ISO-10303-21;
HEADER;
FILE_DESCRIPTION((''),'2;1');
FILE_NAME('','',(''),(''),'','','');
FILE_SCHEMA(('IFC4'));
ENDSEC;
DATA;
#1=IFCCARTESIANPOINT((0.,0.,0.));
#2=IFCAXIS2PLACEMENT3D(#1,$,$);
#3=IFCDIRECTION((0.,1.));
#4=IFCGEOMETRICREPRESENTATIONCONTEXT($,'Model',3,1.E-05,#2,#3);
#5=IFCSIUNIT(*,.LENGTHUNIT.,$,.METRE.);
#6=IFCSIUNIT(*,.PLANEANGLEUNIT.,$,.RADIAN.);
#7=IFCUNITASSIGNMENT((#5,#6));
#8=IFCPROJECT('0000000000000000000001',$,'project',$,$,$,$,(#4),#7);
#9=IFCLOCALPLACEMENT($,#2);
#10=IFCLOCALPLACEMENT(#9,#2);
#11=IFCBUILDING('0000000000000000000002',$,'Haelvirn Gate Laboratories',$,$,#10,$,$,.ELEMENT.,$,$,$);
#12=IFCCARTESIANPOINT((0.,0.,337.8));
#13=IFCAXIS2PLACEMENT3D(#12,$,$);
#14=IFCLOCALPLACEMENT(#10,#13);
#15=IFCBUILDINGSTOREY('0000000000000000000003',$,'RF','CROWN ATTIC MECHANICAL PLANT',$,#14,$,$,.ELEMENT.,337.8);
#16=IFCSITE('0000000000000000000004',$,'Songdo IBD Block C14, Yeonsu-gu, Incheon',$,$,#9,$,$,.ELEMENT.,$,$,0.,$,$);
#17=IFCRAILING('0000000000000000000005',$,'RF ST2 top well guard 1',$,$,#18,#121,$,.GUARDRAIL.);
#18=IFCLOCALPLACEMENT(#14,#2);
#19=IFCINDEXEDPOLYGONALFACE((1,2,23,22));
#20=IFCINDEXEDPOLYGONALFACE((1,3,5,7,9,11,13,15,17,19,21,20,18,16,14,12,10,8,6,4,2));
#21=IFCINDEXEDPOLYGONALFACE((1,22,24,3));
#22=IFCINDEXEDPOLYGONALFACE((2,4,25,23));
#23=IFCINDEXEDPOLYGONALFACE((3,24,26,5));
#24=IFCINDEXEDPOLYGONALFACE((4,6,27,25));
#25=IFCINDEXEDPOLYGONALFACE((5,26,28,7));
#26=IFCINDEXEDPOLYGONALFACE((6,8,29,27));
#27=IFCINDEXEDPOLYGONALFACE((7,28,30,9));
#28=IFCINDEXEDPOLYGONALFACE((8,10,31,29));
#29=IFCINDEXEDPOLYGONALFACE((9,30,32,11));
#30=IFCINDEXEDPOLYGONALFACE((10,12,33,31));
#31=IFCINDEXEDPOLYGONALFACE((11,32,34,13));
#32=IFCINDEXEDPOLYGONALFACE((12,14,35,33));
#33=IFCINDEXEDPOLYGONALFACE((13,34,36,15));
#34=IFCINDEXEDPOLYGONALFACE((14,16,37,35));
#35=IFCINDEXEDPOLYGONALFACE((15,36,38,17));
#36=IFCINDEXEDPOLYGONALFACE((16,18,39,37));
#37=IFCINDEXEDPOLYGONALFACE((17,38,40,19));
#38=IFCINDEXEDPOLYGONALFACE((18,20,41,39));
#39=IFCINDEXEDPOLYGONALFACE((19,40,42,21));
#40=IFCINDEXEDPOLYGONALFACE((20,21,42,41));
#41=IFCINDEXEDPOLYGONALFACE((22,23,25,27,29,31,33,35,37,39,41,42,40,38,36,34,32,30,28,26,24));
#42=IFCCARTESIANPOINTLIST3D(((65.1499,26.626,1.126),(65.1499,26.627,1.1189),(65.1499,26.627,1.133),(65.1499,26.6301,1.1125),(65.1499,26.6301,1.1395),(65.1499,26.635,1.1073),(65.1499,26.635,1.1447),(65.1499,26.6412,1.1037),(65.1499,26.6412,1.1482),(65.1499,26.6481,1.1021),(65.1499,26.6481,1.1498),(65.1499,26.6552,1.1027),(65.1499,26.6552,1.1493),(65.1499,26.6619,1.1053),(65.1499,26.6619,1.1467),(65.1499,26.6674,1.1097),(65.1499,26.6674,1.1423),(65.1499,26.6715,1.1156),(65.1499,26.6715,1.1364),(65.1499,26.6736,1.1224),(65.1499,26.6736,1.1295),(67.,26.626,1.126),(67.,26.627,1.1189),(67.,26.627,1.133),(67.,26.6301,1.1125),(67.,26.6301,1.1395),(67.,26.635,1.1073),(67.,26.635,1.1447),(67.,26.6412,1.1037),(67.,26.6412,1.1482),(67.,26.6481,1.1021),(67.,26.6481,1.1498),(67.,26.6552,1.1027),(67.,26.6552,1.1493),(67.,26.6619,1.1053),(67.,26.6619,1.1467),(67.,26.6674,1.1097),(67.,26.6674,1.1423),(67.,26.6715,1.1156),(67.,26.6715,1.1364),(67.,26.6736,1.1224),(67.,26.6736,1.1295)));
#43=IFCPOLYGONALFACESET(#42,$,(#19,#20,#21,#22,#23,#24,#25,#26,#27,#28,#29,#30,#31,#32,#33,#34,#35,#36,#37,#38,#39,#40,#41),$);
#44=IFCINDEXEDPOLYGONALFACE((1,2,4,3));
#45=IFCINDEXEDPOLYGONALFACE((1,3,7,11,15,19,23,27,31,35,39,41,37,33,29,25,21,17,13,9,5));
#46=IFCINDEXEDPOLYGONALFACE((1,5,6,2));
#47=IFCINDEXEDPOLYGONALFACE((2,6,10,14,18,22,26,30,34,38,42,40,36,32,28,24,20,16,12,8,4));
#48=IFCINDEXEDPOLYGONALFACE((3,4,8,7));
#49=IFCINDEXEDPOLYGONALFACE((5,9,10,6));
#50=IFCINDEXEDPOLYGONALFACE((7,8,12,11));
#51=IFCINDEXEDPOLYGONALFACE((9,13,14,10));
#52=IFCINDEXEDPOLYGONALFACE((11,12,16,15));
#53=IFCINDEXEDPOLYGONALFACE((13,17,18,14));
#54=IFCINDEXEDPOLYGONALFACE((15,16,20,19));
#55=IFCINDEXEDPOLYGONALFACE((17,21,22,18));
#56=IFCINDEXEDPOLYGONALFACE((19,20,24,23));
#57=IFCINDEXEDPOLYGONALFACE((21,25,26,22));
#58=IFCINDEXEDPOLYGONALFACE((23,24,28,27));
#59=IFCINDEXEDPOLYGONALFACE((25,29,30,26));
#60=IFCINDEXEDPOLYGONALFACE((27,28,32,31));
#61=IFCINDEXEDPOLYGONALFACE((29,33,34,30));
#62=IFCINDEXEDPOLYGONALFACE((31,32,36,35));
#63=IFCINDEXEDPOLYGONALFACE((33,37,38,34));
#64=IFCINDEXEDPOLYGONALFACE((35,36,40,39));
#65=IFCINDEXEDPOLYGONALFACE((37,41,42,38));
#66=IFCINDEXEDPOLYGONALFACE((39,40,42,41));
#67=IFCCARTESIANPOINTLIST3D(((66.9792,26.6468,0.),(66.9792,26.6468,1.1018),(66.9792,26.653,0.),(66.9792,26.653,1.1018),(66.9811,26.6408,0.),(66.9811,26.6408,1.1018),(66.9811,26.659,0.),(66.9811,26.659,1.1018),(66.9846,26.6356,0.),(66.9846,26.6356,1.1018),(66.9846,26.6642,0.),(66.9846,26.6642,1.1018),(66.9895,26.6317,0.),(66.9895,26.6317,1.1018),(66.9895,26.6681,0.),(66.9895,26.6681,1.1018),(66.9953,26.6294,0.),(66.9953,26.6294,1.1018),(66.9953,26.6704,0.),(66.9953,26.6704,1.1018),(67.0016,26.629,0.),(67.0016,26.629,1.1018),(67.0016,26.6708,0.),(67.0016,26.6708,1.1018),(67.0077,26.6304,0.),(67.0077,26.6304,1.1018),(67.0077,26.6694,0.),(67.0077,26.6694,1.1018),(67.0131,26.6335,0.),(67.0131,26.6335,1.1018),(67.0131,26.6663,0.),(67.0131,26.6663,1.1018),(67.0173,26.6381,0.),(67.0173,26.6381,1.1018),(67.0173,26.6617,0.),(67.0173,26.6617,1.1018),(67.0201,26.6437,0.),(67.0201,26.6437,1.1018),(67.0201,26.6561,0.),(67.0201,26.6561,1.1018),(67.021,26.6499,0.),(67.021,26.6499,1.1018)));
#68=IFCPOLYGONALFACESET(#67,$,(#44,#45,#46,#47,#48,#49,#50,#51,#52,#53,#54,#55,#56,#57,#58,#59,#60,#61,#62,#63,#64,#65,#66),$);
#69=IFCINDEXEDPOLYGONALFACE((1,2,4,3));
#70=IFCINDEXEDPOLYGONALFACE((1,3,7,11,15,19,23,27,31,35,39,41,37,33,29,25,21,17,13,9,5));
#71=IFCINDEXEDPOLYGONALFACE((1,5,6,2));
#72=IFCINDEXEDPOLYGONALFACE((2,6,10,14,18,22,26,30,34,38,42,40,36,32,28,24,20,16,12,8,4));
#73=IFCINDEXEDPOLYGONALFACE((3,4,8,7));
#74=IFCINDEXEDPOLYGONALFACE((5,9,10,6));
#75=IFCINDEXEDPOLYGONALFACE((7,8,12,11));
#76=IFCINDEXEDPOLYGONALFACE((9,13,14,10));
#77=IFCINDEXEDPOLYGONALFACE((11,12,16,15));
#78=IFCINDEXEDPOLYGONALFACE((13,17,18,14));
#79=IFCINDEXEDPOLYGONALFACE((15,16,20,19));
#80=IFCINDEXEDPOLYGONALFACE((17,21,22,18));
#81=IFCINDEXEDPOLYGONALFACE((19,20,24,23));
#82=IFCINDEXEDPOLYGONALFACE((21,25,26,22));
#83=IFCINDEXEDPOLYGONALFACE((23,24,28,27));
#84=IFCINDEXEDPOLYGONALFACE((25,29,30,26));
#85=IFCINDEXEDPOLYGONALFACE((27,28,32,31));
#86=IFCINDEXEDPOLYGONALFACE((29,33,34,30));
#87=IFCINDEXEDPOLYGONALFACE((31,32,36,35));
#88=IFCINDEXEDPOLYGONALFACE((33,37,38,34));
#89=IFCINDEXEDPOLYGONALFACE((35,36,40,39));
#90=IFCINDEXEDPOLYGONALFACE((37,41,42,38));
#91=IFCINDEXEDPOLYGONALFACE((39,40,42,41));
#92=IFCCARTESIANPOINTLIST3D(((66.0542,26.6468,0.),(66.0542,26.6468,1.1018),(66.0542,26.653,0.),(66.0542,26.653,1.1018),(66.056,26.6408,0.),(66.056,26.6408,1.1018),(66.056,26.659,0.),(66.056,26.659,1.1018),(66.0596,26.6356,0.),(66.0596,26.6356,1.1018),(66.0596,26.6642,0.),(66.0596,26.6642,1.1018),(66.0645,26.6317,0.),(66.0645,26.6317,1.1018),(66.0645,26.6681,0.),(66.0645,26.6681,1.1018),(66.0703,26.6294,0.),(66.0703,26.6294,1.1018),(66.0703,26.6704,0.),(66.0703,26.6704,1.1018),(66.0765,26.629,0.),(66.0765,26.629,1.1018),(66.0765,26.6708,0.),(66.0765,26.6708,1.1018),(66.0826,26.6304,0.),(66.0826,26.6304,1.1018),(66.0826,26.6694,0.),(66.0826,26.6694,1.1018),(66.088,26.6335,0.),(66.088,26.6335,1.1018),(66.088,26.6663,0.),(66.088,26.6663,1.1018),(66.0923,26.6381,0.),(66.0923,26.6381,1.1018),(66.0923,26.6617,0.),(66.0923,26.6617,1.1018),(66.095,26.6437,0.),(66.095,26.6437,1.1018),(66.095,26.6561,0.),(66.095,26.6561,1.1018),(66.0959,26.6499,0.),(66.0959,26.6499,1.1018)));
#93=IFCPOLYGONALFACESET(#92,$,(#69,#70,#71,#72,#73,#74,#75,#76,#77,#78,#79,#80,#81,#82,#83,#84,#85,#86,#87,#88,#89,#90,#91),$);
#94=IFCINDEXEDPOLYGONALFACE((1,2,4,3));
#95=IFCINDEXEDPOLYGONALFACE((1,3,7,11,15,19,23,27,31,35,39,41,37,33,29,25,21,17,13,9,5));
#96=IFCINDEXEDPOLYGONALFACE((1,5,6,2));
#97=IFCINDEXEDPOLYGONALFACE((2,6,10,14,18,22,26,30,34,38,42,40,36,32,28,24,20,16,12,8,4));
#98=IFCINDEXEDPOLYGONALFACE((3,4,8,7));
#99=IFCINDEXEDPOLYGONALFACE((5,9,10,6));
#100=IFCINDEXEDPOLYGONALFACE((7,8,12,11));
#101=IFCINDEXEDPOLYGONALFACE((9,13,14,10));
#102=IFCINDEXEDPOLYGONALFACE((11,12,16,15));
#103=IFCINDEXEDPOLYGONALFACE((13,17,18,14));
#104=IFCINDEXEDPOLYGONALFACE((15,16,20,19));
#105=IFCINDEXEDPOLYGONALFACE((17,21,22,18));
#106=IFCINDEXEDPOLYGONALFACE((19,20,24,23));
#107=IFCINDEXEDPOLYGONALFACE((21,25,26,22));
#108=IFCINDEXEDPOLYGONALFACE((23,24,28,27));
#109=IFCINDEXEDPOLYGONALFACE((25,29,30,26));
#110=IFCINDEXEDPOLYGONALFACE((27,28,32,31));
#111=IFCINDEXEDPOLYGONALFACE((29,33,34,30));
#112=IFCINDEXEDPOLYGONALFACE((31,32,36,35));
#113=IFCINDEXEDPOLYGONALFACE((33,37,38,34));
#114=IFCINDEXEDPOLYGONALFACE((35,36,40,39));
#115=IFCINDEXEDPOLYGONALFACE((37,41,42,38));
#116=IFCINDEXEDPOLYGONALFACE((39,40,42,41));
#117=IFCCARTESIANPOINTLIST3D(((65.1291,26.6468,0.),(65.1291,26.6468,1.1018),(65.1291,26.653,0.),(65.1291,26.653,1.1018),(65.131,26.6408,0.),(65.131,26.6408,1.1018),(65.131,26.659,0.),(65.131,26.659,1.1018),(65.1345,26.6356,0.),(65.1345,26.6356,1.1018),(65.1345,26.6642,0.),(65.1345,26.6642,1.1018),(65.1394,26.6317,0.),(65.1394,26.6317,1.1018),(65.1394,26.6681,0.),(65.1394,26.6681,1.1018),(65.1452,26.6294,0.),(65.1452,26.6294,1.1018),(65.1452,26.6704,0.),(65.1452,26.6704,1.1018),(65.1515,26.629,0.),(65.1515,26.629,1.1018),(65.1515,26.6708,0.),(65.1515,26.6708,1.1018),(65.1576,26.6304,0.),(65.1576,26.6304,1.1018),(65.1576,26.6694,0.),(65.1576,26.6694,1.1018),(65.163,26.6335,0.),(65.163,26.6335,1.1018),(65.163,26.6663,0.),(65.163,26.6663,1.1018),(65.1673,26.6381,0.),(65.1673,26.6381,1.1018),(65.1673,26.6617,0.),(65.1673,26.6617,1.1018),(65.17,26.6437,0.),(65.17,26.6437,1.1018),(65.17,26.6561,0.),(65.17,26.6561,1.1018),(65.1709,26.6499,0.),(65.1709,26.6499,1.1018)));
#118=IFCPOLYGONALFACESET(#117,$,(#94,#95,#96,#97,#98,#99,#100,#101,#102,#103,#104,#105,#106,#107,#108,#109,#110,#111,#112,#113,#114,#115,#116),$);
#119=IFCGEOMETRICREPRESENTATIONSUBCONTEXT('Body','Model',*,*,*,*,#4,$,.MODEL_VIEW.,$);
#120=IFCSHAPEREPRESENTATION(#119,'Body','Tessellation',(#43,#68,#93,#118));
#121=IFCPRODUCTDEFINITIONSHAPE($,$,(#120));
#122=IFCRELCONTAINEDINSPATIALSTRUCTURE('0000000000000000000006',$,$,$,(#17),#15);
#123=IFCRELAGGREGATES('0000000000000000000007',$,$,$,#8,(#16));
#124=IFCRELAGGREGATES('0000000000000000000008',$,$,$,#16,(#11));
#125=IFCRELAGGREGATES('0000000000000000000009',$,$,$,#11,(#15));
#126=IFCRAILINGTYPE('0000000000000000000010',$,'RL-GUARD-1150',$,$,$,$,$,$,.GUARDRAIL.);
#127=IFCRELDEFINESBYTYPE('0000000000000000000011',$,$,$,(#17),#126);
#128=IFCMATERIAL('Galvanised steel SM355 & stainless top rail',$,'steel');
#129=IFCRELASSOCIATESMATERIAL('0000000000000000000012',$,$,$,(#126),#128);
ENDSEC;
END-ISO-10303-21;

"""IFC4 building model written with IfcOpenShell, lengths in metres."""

from ifc_helpers import new_model, si_unit, direction, frame, origin, origin_2d, place, context, subcontext, project, spatial, circle, extrude, source, transform, mapped, material, type_object, type_shapes, element, save


model = new_model("IFC4")

# Units and contexts
model_context = context("Model", 3, precision=1e-05, world=origin(), true_north=direction((0.0, 1.0)))
body_context = subcontext(model_context, "Body", "Model", "MODEL_VIEW")
ifc_project = project(units=[si_unit("LENGTHUNIT", "METRE"), si_unit("PLANEANGLEUNIT", "RADIAN")], contexts=[model_context])

# Site, building, storey
site_placement = place(None, origin())
site = spatial("IfcSite", under=ifc_project, at=site_placement, Name="Songdo IBD Block C14, Yeonsu-gu, Incheon", CompositionType="ELEMENT", RefElevation=0.0)
building_placement = place(site_placement, origin())
building = spatial("IfcBuilding", under=site, at=building_placement, Name="Haelvirn Gate Laboratories", CompositionType="ELEMENT")
storey_placement = place(building_placement, frame((0.0, 0.0, 337.8)))
storey = spatial("IfcBuildingStorey", under=building, at=storey_placement, Name="RF", Description="CROWN ATTIC MECHANICAL PLANT", CompositionType="ELEMENT", Elevation=337.8)

# Railing
ifc_material_1 = material(Name="Galvanised steel SM355 & stainless top rail", Category="steel")
railing_type = type_object("IfcRailingType", Name="RL-GUARD-1150", PredefinedType="GUARDRAIL", material=ifc_material_1)
shared_shape_1 = source(origin(), body_context, "Body", "SweptSolid", [
    extrude(circle(Radius=0.0239, at=origin_2d()), frame((0.0, 0.0, 1.126), z_axis=(-1.0, 0.0, 0.0), x_axis=(0.0, -1.0, 0.0)), (0.0, 0.0, 1.0), 1.8501),
    extrude(circle(Radius=0.021, at=origin_2d()), origin(), (0.0, 0.0, 1.0), 1.1018),
    extrude(circle(Radius=0.021, at=origin_2d()), frame((-0.925, 0.0, 0.0)), (0.0, 0.0, 1.0), 1.1018),
    extrude(circle(Radius=0.021, at=origin_2d()), frame((-1.8501, 0.0, 0.0)), (0.0, 0.0, 1.0), 1.1018),
])
type_shapes(railing_type, [shared_shape_1])
railing_placement = place(storey_placement, frame((67.0, 26.6499, 0.0)))
element("IfcRailing", 1, at=railing_placement, inside=storey, type_object=railing_type, Name="RF ST2 top well guard 1", PredefinedType="GUARDRAIL", context=body_context, shape_type="MappedRepresentation", body=[
    mapped(shared_shape_1, transform((0.0, 0.0, 0.0), scale=1.0)),
])

save(model, "model.ifc")
